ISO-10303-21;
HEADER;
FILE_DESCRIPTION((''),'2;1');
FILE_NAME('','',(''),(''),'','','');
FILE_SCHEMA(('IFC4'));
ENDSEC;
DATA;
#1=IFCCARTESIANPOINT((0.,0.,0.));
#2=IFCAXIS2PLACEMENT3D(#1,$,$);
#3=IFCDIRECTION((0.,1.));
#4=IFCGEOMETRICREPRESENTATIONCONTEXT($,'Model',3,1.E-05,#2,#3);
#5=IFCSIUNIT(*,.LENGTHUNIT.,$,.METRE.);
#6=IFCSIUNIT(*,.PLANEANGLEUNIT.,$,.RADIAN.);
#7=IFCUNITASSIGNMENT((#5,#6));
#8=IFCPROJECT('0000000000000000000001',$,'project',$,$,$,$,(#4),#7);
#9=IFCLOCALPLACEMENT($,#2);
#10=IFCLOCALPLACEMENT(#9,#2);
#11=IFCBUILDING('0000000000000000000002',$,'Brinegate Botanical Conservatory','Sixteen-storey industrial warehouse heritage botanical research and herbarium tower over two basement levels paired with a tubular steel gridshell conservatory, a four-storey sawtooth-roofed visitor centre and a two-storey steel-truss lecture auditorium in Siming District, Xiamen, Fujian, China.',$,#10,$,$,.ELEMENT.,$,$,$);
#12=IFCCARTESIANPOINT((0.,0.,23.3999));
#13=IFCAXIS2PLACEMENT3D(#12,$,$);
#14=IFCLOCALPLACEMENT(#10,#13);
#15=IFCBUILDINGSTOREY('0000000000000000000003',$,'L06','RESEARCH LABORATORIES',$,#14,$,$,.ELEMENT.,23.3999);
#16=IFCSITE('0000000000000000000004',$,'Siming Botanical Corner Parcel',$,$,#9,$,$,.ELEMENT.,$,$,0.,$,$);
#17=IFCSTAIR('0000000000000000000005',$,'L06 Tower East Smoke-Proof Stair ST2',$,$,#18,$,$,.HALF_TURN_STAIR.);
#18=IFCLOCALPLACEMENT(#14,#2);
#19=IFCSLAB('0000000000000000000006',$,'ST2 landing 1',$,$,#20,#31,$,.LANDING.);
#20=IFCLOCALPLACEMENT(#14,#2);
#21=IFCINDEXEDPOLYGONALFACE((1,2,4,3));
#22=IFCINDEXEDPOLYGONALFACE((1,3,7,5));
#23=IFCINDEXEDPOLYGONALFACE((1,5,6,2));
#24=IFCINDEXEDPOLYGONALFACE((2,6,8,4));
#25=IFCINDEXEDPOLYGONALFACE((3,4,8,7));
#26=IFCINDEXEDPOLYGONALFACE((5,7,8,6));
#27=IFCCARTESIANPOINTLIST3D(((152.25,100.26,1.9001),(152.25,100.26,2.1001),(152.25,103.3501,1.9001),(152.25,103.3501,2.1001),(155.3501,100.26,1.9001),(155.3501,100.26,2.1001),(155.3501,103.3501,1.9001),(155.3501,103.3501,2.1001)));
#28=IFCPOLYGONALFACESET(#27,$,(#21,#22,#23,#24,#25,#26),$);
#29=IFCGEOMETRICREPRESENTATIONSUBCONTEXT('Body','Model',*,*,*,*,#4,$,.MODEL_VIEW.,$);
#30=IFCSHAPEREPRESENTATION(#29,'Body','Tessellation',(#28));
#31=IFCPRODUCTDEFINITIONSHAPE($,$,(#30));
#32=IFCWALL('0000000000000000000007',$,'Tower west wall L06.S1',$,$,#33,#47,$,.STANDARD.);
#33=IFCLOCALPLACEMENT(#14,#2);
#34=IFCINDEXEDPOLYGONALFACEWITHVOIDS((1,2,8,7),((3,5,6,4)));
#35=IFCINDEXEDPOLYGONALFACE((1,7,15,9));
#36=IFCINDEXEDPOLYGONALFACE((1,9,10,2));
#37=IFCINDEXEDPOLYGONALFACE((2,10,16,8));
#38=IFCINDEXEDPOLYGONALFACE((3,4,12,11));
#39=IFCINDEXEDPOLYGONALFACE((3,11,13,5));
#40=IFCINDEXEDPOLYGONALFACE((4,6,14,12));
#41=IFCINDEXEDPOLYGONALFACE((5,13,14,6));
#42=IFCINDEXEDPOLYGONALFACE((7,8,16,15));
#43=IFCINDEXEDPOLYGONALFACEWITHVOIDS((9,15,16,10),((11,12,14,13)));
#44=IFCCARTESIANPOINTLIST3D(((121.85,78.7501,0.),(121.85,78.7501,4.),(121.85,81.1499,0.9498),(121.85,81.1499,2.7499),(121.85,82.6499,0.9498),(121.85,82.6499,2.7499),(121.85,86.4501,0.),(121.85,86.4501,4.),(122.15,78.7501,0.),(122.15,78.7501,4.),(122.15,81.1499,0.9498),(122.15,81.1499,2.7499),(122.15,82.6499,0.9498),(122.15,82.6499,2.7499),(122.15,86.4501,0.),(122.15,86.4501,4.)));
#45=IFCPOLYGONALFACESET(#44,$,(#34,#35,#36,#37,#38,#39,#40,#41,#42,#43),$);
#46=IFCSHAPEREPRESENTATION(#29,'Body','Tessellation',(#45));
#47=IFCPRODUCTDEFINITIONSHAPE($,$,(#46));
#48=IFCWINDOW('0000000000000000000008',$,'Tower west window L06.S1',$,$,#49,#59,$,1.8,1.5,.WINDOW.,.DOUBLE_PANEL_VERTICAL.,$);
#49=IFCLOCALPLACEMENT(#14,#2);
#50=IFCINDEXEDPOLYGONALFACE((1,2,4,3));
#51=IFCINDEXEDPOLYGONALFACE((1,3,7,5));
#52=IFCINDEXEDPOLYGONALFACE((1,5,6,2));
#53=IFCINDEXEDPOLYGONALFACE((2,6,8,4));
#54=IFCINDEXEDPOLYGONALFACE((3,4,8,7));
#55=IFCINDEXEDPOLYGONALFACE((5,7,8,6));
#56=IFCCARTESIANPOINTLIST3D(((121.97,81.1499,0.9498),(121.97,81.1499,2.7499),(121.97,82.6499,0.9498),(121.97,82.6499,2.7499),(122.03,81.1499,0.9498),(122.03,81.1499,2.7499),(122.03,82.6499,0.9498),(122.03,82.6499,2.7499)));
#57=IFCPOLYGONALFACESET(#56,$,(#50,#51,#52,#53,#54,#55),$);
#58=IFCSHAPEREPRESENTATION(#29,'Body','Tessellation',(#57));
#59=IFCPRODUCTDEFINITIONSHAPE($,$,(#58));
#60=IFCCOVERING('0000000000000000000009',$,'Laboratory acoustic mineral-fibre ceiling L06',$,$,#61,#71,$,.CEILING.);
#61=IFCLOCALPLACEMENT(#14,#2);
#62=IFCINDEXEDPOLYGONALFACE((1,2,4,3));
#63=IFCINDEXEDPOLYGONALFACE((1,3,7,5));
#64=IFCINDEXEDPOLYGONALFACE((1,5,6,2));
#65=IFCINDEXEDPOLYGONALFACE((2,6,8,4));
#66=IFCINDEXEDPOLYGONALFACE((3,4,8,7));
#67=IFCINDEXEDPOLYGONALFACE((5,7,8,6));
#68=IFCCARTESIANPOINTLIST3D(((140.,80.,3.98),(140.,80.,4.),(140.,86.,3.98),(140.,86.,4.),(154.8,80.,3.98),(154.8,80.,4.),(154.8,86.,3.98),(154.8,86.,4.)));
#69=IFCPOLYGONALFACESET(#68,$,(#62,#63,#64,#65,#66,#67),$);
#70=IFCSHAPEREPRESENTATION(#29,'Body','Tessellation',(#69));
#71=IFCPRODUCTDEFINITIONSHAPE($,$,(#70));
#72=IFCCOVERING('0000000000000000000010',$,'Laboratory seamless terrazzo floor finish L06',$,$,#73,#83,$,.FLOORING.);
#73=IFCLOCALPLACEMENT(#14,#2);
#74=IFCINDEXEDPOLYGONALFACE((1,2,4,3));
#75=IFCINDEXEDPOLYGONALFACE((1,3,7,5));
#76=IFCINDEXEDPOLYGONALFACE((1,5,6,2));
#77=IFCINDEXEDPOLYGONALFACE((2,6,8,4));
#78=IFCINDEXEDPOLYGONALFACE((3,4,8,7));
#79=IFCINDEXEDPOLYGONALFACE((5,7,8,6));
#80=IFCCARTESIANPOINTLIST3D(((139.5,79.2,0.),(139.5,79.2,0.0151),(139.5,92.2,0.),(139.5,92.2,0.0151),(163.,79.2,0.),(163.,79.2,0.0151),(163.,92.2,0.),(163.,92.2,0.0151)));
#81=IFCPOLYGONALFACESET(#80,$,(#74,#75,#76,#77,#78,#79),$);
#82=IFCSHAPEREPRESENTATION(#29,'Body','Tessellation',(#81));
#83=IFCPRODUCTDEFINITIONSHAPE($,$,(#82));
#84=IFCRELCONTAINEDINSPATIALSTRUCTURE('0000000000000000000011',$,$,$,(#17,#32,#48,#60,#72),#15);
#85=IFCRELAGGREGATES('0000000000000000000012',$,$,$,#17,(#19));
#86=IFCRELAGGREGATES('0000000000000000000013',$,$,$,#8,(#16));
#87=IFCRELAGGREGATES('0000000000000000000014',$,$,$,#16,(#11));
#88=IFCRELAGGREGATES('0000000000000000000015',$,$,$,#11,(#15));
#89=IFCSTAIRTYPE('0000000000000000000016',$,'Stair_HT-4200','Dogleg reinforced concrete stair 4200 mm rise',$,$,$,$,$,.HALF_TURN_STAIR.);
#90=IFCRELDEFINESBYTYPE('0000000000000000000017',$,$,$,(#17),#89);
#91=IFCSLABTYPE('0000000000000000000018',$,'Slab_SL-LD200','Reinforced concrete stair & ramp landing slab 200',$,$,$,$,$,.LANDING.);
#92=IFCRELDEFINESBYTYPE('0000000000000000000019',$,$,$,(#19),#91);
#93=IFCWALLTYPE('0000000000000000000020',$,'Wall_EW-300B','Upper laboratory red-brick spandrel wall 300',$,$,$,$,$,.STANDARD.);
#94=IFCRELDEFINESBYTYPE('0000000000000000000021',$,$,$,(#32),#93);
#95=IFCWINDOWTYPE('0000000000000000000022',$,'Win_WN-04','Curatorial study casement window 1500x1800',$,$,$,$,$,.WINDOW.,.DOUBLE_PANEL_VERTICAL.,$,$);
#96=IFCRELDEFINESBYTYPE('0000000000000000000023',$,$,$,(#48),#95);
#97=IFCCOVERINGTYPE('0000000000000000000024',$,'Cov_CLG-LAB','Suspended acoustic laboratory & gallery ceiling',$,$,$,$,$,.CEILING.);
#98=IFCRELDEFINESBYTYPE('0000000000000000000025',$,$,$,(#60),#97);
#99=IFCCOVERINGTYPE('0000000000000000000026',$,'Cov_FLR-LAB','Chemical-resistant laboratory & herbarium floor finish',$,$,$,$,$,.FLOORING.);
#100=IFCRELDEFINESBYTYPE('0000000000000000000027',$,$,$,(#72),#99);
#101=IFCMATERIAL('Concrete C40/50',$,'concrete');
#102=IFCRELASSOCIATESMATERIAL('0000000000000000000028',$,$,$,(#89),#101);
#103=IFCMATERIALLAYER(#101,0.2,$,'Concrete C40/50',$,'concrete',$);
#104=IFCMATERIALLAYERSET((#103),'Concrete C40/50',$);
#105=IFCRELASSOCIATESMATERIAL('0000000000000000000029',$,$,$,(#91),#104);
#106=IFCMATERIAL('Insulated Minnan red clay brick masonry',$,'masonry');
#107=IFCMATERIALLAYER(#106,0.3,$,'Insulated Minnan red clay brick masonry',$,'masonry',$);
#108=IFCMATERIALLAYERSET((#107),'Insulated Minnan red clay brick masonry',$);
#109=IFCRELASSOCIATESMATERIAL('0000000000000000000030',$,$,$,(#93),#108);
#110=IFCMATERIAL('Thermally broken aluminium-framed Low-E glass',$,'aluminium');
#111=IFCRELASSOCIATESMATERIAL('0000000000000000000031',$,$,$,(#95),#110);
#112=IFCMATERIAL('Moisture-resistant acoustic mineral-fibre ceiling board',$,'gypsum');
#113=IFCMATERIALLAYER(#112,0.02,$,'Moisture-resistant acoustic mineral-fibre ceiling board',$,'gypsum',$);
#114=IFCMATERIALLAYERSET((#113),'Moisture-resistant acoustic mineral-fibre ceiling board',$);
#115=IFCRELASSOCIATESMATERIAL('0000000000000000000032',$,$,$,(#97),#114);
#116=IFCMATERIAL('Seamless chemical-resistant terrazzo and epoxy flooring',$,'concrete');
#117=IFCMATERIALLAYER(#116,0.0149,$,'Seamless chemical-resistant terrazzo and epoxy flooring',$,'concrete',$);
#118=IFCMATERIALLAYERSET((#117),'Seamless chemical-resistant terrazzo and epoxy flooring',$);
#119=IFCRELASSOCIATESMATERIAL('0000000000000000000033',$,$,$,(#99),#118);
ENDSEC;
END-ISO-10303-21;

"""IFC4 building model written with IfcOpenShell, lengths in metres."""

from ifc_helpers import new_model, si_unit, direction, frame, frame_2d, origin, place, context, subcontext, project, spatial, polyline, rectangle, outline, extrude, material, layer, layer_set, type_object, element, fill, aggregate, save


model = new_model("IFC4")

# Units and contexts
model_context = context("Model", 3, precision=1e-05, world=origin(), true_north=direction((0.0, 1.0)))
body_context = subcontext(model_context, "Body", "Model", "MODEL_VIEW")
ifc_project = project(units=[si_unit("LENGTHUNIT", "METRE"), si_unit("PLANEANGLEUNIT", "RADIAN")], contexts=[model_context])

# Site, building, storey
site_placement = place(None, origin())
site = spatial("IfcSite", under=ifc_project, at=site_placement, Name="Siming Botanical Corner Parcel", CompositionType="ELEMENT", RefElevation=0.0)
building_placement = place(site_placement, origin())
building = spatial("IfcBuilding", under=site, at=building_placement, Name="Brinegate Botanical Conservatory", Description="Sixteen-storey industrial warehouse heritage botanical research and herbarium tower over two basement levels paired with a tubular steel gridshell conservatory, a four-storey sawtooth-roofed visitor centre and a two-storey steel-truss lecture auditorium in Siming District, Xiamen, Fujian, China.", CompositionType="ELEMENT")
storey_placement = place(building_placement, frame((0.0, 0.0, 23.3999)))
storey = spatial("IfcBuildingStorey", under=building, at=storey_placement, Name="L06", Description="RESEARCH LABORATORIES", CompositionType="ELEMENT", Elevation=23.3999)

# Shared definitions
ifc_material_1 = material(Name="Concrete C40/50", Category="concrete")

# Stair, slab
stair_type = type_object("IfcStairType", Name="Stair_HT-4200", Description="Dogleg reinforced concrete stair 4200 mm rise", PredefinedType="HALF_TURN_STAIR", material=ifc_material_1)
ifc_layer_1 = layer(ifc_material_1, 0.2, Name="Concrete C40/50", Category="concrete")
ifc_layer_set_1 = layer_set([ifc_layer_1], Name="Concrete C40/50")
slab_type_1 = type_object("IfcSlabType", Name="Slab_SL-LD200", Description="Reinforced concrete stair & ramp landing slab 200", PredefinedType="LANDING", material=ifc_layer_set_1)
stair_1_placement = place(storey_placement, origin())
stair_1 = element("IfcStair", 1, at=stair_1_placement, inside=storey, type_object=stair_type, Name="L06 Tower East Smoke-Proof Stair ST2", PredefinedType="HALF_TURN_STAIR")
slab_1_placement = place(storey_placement, frame((0.0, 0.0, 1.9001)))
slab_1 = element("IfcSlab", 2, at=slab_1_placement, type_object=slab_type_1, Name="ST2 landing 1", PredefinedType="LANDING", context=body_context, shape_type="SweptSolid", body=[
    extrude(outline(polyline([(155.3501, 100.26), (155.3501, 103.3501), (152.25, 103.3501), (152.25, 100.26), (155.3501, 100.26)])), origin(), (0.0, 0.0, 1.0), 0.2),
])
aggregate(stair_1, [slab_1])

# Wall, opening, window
ifc_material_2 = material(Name="Insulated Minnan red clay brick masonry", Category="masonry")
ifc_layer_2 = layer(ifc_material_2, 0.3, Name="Insulated Minnan red clay brick masonry", Category="masonry")
ifc_layer_set_2 = layer_set([ifc_layer_2], Name="Insulated Minnan red clay brick masonry")
wall_type = type_object("IfcWallType", Name="Wall_EW-300B", Description="Upper laboratory red-brick spandrel wall 300", PredefinedType="STANDARD", material=ifc_layer_set_2)
wall_placement = place(storey_placement, frame((122.0, 78.75, 0.0), z_axis=(0.0, 0.0, 1.0), x_axis=(0.0, 1.0, 0.0)))
wall = element("IfcWall", 3, at=wall_placement, inside=storey, type_object=wall_type, Name="Tower west wall L06.S1", PredefinedType="STANDARD", context=body_context, shape_type="SweptSolid", body=[
    extrude(rectangle(XDim=7.7, YDim=0.3, at=frame_2d((3.8501, 0.0))), origin(), (0.0, 0.0, 1.0), 4.0),
])
opening_placement = place(wall_placement, frame((2.3999, 0.0, 0.95)))
opening = element("IfcOpeningElement", 4, at=opening_placement, cuts=wall, PredefinedType="OPENING", context=body_context, shape_type="SweptSolid", body=[
    extrude(rectangle(XDim=1.5, YDim=1.8, at=frame_2d((0.75, 0.8999))), frame((0.0, 0.1599, 0.0), z_axis=(0.0, -1.0, 0.0), x_axis=(1.0, 0.0, 0.0)), (0.0, 0.0, 1.0), 0.3201),
])
ifc_material_3 = material(Name="Thermally broken aluminium-framed Low-E glass", Category="aluminium")
window_type = type_object("IfcWindowType", Name="Win_WN-04", Description="Curatorial study casement window 1500x1800", PartitioningType="DOUBLE_PANEL_VERTICAL", PredefinedType="WINDOW", material=ifc_material_3)
window_placement = place(opening_placement, origin())
window = element("IfcWindow", 5, at=window_placement, inside=storey, type_object=window_type, Name="Tower west window L06.S1", OverallHeight=1.8, OverallWidth=1.5, PartitioningType="DOUBLE_PANEL_VERTICAL", PredefinedType="WINDOW", context=body_context, shape_type="SweptSolid", body=[
    extrude(rectangle(XDim=1.5, YDim=1.8, at=frame_2d((0.75, 0.8999))), frame((0.0, 0.03, 0.0), z_axis=(0.0, -1.0, 0.0), x_axis=(1.0, 0.0, 0.0)), (0.0, 0.0, 1.0), 0.0601),
])
fill(opening, window)

# Coverings
ifc_material_4 = material(Name="Moisture-resistant acoustic mineral-fibre ceiling board", Category="gypsum")
ifc_layer_3 = layer(ifc_material_4, 0.02, Name="Moisture-resistant acoustic mineral-fibre ceiling board", Category="gypsum")
ifc_layer_set_3 = layer_set([ifc_layer_3], Name="Moisture-resistant acoustic mineral-fibre ceiling board")
covering_type_1 = type_object("IfcCoveringType", Name="Cov_CLG-LAB", Description="Suspended acoustic laboratory & gallery ceiling", PredefinedType="CEILING", material=ifc_layer_set_3)
covering_1_placement = place(storey_placement, frame((0.0, 0.0, 3.98)))
element("IfcCovering", 6, at=covering_1_placement, inside=storey, type_object=covering_type_1, Name="Laboratory acoustic mineral-fibre ceiling L06", PredefinedType="CEILING", context=body_context, shape_type="SweptSolid", body=[
    extrude(outline(polyline([(140.0, 80.0), (154.8, 80.0), (154.8, 86.0), (140.0, 86.0), (140.0, 80.0)])), origin(), (0.0, 0.0, 1.0), 0.02),
])
ifc_material_5 = material(Name="Seamless chemical-resistant terrazzo and epoxy flooring", Category="concrete")
ifc_layer_4 = layer(ifc_material_5, 0.0149, Name="Seamless chemical-resistant terrazzo and epoxy flooring", Category="concrete")
ifc_layer_set_4 = layer_set([ifc_layer_4], Name="Seamless chemical-resistant terrazzo and epoxy flooring")
covering_type_2 = type_object("IfcCoveringType", Name="Cov_FLR-LAB", Description="Chemical-resistant laboratory & herbarium floor finish", PredefinedType="FLOORING", material=ifc_layer_set_4)
covering_2_placement = place(storey_placement, origin())
element("IfcCovering", 7, at=covering_2_placement, inside=storey, type_object=covering_type_2, Name="Laboratory seamless terrazzo floor finish L06", PredefinedType="FLOORING", context=body_context, shape_type="SweptSolid", body=[
    extrude(outline(polyline([(139.5, 79.2), (163.0, 79.2), (163.0, 92.2), (139.5, 92.2), (139.5, 79.2)])), origin(), (0.0, 0.0, 1.0), 0.0151),
])

save(model, "model.ifc")
